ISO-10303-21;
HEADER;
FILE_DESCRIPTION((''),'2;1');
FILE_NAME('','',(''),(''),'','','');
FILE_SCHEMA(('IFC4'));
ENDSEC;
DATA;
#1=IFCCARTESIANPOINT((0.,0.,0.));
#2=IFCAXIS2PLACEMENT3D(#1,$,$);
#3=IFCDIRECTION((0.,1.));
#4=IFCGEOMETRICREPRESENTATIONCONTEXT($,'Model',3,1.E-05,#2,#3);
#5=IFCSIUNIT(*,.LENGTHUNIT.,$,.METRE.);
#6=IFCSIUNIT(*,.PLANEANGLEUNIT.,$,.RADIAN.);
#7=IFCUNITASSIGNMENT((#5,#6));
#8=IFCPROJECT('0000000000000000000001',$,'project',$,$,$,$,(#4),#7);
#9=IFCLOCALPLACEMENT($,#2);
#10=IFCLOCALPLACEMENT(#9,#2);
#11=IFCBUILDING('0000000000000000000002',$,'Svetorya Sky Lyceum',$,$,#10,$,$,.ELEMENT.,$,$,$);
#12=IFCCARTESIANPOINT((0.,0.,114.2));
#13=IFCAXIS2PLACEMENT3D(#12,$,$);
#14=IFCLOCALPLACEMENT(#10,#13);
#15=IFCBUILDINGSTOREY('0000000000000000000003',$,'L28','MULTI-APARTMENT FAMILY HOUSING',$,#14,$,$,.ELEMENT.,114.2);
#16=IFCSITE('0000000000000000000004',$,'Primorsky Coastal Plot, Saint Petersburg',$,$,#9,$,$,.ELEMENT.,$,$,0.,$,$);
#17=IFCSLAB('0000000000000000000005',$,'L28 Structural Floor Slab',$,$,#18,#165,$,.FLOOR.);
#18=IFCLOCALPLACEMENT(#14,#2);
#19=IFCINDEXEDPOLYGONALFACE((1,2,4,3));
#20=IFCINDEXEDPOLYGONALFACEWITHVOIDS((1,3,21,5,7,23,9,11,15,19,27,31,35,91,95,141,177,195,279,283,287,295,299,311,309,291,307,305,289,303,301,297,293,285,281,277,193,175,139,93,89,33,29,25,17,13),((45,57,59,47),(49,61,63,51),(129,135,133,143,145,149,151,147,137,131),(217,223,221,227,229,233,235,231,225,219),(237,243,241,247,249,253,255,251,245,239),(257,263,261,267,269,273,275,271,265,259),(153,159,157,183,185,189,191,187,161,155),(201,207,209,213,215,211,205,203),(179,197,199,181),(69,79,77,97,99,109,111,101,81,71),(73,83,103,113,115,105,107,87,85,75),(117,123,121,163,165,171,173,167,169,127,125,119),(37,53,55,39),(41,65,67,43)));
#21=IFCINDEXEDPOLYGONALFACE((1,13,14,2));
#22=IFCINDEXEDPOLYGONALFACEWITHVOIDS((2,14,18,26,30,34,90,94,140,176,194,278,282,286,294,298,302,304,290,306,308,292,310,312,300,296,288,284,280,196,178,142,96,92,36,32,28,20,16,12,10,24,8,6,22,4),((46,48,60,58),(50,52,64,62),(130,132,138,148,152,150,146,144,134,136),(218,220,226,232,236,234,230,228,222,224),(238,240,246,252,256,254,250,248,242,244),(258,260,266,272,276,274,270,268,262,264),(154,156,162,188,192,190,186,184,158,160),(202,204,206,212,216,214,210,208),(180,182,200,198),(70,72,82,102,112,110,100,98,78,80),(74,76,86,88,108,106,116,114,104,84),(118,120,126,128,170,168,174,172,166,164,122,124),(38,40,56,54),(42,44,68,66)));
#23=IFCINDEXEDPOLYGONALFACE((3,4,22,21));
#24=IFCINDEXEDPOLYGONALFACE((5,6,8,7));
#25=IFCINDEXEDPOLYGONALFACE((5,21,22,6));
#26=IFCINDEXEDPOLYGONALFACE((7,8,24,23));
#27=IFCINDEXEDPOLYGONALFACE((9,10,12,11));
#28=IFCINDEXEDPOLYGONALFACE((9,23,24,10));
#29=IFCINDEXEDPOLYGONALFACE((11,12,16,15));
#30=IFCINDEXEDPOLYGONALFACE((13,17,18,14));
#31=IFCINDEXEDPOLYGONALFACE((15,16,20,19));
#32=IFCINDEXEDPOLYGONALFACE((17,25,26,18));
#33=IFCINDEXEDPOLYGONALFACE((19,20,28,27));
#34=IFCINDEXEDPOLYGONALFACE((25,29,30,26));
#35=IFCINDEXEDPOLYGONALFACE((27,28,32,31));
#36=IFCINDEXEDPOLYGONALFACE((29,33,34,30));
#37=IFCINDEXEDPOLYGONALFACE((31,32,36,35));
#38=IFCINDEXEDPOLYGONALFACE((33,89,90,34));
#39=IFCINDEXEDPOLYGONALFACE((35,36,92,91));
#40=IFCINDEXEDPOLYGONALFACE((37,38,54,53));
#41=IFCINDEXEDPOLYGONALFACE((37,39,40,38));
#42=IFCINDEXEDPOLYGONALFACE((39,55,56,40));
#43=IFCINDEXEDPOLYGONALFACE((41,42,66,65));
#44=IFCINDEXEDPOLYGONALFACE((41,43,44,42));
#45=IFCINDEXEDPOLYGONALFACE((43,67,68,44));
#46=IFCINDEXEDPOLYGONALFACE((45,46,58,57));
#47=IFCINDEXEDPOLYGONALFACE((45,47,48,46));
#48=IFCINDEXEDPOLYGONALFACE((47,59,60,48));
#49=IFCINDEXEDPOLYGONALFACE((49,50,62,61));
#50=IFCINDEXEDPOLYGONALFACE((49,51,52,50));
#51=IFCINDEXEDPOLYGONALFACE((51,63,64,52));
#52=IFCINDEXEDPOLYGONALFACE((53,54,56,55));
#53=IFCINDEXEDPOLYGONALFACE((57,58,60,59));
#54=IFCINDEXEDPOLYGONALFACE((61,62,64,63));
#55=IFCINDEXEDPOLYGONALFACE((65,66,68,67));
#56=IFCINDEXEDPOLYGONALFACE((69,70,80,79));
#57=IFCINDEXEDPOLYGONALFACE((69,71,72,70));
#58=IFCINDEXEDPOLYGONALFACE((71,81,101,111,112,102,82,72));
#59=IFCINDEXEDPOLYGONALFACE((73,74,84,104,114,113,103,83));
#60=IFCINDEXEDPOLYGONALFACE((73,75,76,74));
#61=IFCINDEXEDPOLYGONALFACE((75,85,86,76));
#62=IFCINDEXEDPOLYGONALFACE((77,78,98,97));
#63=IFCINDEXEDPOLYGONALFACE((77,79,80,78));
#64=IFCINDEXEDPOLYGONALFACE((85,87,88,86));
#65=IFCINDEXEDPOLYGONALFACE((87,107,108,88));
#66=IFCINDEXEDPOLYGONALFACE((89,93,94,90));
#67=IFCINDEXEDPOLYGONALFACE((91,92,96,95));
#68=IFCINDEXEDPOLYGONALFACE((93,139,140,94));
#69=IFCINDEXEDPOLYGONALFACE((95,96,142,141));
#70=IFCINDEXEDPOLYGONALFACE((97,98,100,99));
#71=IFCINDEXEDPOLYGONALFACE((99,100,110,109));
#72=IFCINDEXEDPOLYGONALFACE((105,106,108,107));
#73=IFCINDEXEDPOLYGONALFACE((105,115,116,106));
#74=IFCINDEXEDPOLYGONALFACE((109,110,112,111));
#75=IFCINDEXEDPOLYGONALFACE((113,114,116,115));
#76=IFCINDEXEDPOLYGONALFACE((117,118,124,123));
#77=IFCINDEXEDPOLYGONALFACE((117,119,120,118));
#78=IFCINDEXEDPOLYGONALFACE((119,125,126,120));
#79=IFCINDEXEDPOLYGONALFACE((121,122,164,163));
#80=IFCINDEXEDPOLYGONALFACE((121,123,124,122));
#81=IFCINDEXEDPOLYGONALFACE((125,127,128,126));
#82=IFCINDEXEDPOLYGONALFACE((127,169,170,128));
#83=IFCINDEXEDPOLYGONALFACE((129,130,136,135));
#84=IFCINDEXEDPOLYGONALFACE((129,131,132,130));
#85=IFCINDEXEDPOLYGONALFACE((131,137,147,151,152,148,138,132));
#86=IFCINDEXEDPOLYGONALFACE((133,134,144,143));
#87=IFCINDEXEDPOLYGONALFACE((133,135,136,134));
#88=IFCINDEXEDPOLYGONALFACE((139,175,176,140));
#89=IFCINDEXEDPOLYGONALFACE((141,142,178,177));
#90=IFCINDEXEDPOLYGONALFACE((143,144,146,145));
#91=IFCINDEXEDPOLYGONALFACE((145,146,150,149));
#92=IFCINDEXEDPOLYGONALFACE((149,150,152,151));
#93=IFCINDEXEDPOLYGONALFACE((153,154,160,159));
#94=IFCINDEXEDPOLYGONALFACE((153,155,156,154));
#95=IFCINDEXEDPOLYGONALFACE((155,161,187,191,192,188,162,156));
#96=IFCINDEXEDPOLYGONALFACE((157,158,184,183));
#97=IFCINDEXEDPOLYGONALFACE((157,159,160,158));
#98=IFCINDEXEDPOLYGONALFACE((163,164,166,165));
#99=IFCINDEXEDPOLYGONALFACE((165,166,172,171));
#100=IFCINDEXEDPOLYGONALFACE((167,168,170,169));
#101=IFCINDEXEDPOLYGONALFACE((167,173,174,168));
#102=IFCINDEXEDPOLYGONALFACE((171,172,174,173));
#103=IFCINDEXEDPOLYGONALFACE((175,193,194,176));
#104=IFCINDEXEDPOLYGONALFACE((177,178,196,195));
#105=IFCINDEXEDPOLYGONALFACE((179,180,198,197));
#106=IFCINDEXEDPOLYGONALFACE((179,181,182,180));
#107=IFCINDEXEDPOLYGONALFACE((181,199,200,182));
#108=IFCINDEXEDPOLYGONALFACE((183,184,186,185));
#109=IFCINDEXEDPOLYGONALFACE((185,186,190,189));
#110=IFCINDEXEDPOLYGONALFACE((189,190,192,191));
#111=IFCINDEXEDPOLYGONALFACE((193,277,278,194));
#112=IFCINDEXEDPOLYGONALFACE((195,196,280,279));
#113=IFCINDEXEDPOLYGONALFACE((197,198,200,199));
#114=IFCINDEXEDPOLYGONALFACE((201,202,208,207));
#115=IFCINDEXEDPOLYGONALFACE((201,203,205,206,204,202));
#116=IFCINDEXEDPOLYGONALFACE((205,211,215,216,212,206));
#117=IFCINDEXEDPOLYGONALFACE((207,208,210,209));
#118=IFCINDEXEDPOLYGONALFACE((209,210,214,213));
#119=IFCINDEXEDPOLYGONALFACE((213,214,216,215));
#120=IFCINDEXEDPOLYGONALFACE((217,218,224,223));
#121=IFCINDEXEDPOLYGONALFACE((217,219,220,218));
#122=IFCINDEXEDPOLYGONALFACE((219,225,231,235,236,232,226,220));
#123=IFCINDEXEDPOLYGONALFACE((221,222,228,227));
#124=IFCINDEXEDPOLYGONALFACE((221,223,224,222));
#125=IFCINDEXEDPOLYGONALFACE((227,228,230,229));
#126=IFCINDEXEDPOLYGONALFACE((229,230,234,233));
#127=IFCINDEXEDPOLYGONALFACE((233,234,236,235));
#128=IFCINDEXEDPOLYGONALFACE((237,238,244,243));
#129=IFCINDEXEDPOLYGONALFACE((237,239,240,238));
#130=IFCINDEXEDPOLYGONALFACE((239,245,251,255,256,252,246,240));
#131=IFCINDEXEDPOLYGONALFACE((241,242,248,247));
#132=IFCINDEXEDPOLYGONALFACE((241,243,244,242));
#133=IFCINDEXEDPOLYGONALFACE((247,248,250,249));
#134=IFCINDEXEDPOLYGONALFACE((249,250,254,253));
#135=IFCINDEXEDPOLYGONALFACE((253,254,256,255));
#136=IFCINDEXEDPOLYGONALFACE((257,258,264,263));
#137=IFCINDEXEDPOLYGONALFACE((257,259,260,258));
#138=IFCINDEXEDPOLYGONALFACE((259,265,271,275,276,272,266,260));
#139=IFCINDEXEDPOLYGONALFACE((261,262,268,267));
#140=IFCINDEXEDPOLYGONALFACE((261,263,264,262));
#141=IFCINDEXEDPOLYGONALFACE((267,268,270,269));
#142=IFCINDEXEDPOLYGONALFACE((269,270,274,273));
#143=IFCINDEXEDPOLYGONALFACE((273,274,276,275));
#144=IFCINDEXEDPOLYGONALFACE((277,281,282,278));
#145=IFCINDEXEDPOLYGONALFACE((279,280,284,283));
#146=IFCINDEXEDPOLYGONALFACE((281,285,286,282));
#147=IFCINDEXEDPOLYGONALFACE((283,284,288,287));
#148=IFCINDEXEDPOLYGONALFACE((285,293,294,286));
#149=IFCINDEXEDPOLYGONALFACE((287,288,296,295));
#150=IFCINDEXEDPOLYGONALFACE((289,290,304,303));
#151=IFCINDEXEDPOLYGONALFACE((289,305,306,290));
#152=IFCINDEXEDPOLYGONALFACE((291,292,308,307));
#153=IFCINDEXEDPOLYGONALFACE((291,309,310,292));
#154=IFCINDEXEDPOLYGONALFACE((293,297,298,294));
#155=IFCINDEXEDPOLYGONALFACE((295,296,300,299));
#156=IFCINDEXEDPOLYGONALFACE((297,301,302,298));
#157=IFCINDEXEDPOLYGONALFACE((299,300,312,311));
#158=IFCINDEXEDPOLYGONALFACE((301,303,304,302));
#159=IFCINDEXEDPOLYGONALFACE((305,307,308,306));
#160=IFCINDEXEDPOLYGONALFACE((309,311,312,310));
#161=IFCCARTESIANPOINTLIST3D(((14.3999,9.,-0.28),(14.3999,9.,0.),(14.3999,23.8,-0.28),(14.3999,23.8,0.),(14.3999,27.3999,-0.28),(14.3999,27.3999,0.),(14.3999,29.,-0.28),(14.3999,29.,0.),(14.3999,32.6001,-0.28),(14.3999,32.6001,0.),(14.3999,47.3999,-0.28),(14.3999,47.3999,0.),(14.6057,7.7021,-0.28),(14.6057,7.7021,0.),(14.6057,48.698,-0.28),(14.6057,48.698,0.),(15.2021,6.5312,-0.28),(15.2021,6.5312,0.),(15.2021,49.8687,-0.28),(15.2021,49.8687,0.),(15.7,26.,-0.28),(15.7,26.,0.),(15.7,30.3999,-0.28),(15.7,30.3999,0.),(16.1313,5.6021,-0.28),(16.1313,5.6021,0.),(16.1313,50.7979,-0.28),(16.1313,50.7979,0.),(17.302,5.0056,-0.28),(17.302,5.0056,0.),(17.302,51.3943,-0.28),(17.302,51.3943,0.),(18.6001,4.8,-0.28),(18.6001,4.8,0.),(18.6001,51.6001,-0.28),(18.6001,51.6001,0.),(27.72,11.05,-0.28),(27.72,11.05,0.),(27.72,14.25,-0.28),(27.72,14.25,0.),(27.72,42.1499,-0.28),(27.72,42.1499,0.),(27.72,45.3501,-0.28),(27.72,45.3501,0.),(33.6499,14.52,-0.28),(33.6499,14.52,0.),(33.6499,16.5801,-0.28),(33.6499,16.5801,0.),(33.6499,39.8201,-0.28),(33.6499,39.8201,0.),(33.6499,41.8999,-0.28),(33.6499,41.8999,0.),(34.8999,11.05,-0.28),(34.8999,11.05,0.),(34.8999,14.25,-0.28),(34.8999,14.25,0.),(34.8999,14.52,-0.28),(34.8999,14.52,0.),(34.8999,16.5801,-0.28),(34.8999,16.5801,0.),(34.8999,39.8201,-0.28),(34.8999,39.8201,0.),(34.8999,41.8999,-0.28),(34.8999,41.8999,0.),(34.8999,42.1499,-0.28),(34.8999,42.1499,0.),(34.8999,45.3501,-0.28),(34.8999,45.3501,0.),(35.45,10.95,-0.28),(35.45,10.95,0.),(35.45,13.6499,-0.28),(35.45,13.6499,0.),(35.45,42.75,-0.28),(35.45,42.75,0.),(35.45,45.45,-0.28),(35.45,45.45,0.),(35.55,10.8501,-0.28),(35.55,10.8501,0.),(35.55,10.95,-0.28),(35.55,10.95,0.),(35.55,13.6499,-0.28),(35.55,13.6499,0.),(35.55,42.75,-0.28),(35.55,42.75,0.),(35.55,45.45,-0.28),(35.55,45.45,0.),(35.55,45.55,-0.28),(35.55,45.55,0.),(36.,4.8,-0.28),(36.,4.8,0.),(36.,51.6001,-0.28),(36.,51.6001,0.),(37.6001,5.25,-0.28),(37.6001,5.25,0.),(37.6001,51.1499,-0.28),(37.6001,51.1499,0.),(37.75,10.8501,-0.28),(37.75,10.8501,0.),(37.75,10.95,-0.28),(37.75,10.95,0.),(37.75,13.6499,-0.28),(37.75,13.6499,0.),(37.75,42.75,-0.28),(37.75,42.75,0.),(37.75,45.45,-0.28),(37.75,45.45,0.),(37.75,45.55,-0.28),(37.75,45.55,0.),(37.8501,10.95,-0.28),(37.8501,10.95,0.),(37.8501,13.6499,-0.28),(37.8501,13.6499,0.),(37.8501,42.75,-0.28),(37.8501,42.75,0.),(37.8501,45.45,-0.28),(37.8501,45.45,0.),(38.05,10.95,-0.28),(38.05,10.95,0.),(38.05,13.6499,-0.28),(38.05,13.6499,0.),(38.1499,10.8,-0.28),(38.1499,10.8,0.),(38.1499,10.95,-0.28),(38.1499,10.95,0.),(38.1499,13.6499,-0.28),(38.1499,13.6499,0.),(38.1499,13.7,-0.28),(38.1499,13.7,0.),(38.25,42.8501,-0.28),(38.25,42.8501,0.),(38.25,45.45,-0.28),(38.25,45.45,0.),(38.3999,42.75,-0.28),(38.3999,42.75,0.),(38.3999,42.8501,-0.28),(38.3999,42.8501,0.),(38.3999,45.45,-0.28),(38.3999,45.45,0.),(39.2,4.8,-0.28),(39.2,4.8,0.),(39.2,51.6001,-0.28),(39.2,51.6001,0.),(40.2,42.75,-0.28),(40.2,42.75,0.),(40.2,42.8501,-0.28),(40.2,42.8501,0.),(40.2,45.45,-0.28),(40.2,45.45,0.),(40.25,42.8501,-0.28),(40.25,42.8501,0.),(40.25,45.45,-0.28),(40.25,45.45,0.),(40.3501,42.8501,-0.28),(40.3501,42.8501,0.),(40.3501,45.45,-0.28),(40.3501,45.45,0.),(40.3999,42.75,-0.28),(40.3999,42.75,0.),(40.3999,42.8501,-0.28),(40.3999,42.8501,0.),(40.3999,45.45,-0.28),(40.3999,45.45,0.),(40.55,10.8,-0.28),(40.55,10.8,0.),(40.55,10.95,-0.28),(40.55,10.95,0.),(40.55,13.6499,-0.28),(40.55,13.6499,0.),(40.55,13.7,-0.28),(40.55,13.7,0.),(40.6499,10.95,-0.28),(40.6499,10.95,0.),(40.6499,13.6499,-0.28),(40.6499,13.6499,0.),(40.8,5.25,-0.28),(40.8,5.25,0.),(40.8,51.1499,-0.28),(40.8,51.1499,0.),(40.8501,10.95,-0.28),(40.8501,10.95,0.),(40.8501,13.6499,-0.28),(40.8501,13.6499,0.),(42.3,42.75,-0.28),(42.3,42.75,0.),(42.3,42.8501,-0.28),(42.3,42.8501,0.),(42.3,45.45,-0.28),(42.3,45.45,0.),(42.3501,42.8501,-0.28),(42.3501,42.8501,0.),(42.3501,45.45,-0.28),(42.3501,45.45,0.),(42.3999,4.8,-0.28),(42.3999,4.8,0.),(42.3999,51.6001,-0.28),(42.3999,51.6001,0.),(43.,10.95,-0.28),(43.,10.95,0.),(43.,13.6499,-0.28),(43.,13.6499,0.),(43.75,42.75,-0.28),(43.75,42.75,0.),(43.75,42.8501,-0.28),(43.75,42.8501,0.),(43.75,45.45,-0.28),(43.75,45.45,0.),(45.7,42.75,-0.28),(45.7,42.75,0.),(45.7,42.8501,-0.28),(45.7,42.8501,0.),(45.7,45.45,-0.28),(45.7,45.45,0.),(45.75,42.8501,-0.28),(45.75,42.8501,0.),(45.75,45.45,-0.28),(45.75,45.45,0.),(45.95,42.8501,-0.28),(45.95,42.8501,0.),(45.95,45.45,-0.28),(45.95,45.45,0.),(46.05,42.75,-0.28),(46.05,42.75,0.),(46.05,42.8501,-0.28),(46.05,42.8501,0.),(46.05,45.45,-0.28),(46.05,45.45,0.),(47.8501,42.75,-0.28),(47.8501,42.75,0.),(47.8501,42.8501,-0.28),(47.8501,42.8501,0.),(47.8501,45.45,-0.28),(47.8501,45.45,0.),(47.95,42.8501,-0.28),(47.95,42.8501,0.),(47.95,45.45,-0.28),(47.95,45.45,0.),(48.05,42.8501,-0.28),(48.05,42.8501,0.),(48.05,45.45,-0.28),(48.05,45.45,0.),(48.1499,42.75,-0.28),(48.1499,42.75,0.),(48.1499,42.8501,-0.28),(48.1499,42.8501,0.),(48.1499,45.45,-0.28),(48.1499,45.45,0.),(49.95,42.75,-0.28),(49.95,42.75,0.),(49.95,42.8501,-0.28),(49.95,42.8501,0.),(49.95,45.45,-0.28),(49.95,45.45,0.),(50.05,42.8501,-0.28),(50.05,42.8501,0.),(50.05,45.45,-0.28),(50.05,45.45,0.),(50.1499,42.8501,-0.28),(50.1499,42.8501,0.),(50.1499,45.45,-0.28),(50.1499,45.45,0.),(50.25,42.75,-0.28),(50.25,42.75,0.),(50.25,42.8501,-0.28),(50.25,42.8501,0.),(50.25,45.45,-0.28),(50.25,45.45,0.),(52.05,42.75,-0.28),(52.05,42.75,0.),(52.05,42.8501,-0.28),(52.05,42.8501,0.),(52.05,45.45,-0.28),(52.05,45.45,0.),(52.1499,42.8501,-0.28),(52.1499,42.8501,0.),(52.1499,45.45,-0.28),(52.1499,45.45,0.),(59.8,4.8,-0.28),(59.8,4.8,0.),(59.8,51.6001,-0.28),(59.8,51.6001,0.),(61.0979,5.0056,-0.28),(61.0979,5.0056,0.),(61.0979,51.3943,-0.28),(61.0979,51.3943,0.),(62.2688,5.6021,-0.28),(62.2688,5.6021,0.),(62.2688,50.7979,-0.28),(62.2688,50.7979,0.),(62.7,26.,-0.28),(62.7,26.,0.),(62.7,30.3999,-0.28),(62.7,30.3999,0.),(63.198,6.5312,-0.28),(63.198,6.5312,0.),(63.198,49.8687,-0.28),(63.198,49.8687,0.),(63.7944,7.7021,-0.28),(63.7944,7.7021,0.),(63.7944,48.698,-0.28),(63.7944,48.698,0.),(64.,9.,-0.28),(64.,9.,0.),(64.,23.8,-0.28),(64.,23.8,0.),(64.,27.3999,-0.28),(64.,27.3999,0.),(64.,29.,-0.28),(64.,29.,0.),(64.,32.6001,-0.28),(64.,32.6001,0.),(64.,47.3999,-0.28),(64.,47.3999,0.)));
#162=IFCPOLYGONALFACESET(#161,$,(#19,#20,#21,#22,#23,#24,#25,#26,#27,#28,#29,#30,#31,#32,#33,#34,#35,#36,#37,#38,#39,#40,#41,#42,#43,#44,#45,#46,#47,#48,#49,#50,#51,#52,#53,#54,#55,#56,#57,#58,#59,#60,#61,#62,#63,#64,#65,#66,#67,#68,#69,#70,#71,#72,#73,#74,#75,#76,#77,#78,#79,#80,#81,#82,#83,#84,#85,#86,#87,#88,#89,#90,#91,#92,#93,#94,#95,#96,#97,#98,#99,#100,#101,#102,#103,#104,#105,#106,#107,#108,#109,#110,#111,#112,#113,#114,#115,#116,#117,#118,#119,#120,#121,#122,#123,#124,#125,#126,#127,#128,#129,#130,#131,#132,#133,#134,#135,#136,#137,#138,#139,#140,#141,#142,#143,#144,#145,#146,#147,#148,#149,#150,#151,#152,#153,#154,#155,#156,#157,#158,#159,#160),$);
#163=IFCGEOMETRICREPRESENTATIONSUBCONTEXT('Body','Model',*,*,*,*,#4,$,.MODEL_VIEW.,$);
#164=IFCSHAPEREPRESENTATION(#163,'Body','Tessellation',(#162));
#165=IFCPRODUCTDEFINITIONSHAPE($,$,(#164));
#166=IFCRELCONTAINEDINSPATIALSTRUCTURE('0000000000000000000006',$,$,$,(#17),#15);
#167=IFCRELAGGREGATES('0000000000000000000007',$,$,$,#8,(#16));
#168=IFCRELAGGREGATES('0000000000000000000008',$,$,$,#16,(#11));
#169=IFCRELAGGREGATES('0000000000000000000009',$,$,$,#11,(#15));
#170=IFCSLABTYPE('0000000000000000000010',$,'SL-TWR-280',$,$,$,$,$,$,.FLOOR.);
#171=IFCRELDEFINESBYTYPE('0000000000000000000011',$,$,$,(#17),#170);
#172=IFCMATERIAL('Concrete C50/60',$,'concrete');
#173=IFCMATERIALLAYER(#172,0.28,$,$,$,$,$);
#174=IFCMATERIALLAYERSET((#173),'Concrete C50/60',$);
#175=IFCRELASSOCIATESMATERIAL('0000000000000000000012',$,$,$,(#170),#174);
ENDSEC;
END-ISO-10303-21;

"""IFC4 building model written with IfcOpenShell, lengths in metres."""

from ifc_helpers import new_model, si_unit, direction, frame, origin, place, context, subcontext, project, spatial, polyline, outline, extrude, material, layer, layer_set, type_object, element, save


model = new_model("IFC4")

# Units and contexts
model_context = context("Model", 3, precision=1e-05, world=origin(), true_north=direction((0.0, 1.0)))
body_context = subcontext(model_context, "Body", "Model", "MODEL_VIEW")
ifc_project = project(units=[si_unit("LENGTHUNIT", "METRE"), si_unit("PLANEANGLEUNIT", "RADIAN")], contexts=[model_context])

# Site, building, storey
site_placement = place(None, origin())
site = spatial("IfcSite", under=ifc_project, at=site_placement, Name="Primorsky Coastal Plot, Saint Petersburg", CompositionType="ELEMENT", RefElevation=0.0)
building_placement = place(site_placement, origin())
building = spatial("IfcBuilding", under=site, at=building_placement, Name="Svetorya Sky Lyceum", CompositionType="ELEMENT")
storey_placement = place(building_placement, frame((0.0, 0.0, 114.2)))
storey = spatial("IfcBuildingStorey", under=building, at=storey_placement, Name="L28", Description="MULTI-APARTMENT FAMILY HOUSING", CompositionType="ELEMENT", Elevation=114.2)

# Shared definitions
ifc_material_1 = material(Name="Concrete C50/60", Category="concrete")

# Slab
ifc_layer_1 = layer(ifc_material_1, 0.28)
ifc_layer_set_1 = layer_set([ifc_layer_1], Name="Concrete C50/60")
slab_type_1 = type_object("IfcSlabType", Name="SL-TWR-280", PredefinedType="FLOOR", material=ifc_layer_set_1)
slab_1_placement = place(storey_placement, frame((0.0, 0.0, -0.28)))
element("IfcSlab", 1, at=slab_1_placement, inside=storey, type_object=slab_type_1, Name="L28 Structural Floor Slab", PredefinedType="FLOOR", context=body_context, shape_type="SweptSolid", body=[
    extrude(outline(polyline([(14.3999, 9.0), (14.6057, 7.7021), (15.2021, 6.5312), (16.1313, 5.6021), (17.302, 5.0056), (18.6001, 4.8), (36.0, 4.8), (37.6001, 5.25), (39.2, 4.8), (40.8, 5.25), (42.3999, 4.8), (59.8, 4.8), (61.0979, 5.0056), (62.2688, 5.6021), (63.198, 6.5312), (63.7944, 7.7021), (64.0, 9.0), (64.0, 23.8), (62.7, 26.0), (64.0, 27.3999), (64.0, 29.0), (62.7, 30.3999), (64.0, 32.6001), (64.0, 47.3999), (63.7944, 48.698), (63.198, 49.8687), (62.2688, 50.7979), (61.0979, 51.3943), (59.8, 51.6001), (42.3999, 51.6001), (40.8, 51.1499), (39.2, 51.6001), (37.6001, 51.1499), (36.0, 51.6001), (18.6001, 51.6001), (17.302, 51.3943), (16.1313, 50.7979), (15.2021, 49.8687), (14.6057, 48.698), (14.3999, 47.3999), (14.3999, 32.6001), (15.7, 30.3999), (14.3999, 29.0), (14.3999, 27.3999), (15.7, 26.0), (14.3999, 23.8), (14.3999, 9.0)]), holes=[polyline([(37.8501, 10.95), (37.75, 10.95), (37.75, 10.8501), (35.55, 10.8501), (35.55, 10.95), (35.45, 10.95), (35.45, 13.6499), (35.55, 13.6499), (37.75, 13.6499), (37.8501, 13.6499), (37.8501, 10.95)]), polyline([(40.6499, 13.6499), (40.6499, 10.95), (40.55, 10.95), (40.55, 10.8), (38.1499, 10.8), (38.1499, 10.95), (38.05, 10.95), (38.05, 13.6499), (38.1499, 13.6499), (38.1499, 13.7), (40.55, 13.7), (40.55, 13.6499), (40.6499, 13.6499)]), polyline([(27.72, 14.25), (34.8999, 14.25), (34.8999, 11.05), (27.72, 11.05), (27.72, 14.25)]), polyline([(33.6499, 14.52), (33.6499, 16.5801), (34.8999, 16.5801), (34.8999, 14.52), (33.6499, 14.52)]), polyline([(33.6499, 41.8999), (34.8999, 41.8999), (34.8999, 39.8201), (33.6499, 39.8201), (33.6499, 41.8999)]), polyline([(27.72, 45.3501), (34.8999, 45.3501), (34.8999, 42.1499), (27.72, 42.1499), (27.72, 45.3501)]), polyline([(37.75, 45.55), (37.75, 45.45), (37.8501, 45.45), (37.8501, 42.75), (37.75, 42.75), (35.55, 42.75), (35.45, 42.75), (35.45, 45.45), (35.55, 45.45), (35.55, 45.55), (37.75, 45.55)]), polyline([(38.3999, 42.8501), (38.25, 42.8501), (38.25, 45.45), (38.3999, 45.45), (40.2, 45.45), (40.25, 45.45), (40.25, 42.8501), (40.2, 42.8501), (40.2, 42.75), (38.3999, 42.75), (38.3999, 42.8501)]), polyline([(40.8501, 13.6499), (43.0, 13.6499), (43.0, 10.95), (40.8501, 10.95), (40.8501, 13.6499)]), polyline([(40.3999, 42.8501), (40.3501, 42.8501), (40.3501, 45.45), (40.3999, 45.45), (42.3, 45.45), (42.3501, 45.45), (42.3501, 42.8501), (42.3, 42.8501), (42.3, 42.75), (40.3999, 42.75), (40.3999, 42.8501)]), polyline([(43.75, 42.75), (43.75, 42.8501), (43.75, 45.45), (45.7, 45.45), (45.75, 45.45), (45.75, 42.8501), (45.7, 42.8501), (45.7, 42.75), (43.75, 42.75)]), polyline([(46.05, 42.8501), (45.95, 42.8501), (45.95, 45.45), (46.05, 45.45), (47.8501, 45.45), (47.95, 45.45), (47.95, 42.8501), (47.8501, 42.8501), (47.8501, 42.75), (46.05, 42.75), (46.05, 42.8501)]), polyline([(48.1499, 42.8501), (48.05, 42.8501), (48.05, 45.45), (48.1499, 45.45), (49.95, 45.45), (50.05, 45.45), (50.05, 42.8501), (49.95, 42.8501), (49.95, 42.75), (48.1499, 42.75), (48.1499, 42.8501)]), polyline([(52.1499, 42.8501), (52.05, 42.8501), (52.05, 42.75), (50.25, 42.75), (50.25, 42.8501), (50.1499, 42.8501), (50.1499, 45.45), (50.25, 45.45), (52.05, 45.45), (52.1499, 45.45), (52.1499, 42.8501)])]), origin(), (0.0, 0.0, 1.0), 0.28),
])

save(model, "model.ifc")
